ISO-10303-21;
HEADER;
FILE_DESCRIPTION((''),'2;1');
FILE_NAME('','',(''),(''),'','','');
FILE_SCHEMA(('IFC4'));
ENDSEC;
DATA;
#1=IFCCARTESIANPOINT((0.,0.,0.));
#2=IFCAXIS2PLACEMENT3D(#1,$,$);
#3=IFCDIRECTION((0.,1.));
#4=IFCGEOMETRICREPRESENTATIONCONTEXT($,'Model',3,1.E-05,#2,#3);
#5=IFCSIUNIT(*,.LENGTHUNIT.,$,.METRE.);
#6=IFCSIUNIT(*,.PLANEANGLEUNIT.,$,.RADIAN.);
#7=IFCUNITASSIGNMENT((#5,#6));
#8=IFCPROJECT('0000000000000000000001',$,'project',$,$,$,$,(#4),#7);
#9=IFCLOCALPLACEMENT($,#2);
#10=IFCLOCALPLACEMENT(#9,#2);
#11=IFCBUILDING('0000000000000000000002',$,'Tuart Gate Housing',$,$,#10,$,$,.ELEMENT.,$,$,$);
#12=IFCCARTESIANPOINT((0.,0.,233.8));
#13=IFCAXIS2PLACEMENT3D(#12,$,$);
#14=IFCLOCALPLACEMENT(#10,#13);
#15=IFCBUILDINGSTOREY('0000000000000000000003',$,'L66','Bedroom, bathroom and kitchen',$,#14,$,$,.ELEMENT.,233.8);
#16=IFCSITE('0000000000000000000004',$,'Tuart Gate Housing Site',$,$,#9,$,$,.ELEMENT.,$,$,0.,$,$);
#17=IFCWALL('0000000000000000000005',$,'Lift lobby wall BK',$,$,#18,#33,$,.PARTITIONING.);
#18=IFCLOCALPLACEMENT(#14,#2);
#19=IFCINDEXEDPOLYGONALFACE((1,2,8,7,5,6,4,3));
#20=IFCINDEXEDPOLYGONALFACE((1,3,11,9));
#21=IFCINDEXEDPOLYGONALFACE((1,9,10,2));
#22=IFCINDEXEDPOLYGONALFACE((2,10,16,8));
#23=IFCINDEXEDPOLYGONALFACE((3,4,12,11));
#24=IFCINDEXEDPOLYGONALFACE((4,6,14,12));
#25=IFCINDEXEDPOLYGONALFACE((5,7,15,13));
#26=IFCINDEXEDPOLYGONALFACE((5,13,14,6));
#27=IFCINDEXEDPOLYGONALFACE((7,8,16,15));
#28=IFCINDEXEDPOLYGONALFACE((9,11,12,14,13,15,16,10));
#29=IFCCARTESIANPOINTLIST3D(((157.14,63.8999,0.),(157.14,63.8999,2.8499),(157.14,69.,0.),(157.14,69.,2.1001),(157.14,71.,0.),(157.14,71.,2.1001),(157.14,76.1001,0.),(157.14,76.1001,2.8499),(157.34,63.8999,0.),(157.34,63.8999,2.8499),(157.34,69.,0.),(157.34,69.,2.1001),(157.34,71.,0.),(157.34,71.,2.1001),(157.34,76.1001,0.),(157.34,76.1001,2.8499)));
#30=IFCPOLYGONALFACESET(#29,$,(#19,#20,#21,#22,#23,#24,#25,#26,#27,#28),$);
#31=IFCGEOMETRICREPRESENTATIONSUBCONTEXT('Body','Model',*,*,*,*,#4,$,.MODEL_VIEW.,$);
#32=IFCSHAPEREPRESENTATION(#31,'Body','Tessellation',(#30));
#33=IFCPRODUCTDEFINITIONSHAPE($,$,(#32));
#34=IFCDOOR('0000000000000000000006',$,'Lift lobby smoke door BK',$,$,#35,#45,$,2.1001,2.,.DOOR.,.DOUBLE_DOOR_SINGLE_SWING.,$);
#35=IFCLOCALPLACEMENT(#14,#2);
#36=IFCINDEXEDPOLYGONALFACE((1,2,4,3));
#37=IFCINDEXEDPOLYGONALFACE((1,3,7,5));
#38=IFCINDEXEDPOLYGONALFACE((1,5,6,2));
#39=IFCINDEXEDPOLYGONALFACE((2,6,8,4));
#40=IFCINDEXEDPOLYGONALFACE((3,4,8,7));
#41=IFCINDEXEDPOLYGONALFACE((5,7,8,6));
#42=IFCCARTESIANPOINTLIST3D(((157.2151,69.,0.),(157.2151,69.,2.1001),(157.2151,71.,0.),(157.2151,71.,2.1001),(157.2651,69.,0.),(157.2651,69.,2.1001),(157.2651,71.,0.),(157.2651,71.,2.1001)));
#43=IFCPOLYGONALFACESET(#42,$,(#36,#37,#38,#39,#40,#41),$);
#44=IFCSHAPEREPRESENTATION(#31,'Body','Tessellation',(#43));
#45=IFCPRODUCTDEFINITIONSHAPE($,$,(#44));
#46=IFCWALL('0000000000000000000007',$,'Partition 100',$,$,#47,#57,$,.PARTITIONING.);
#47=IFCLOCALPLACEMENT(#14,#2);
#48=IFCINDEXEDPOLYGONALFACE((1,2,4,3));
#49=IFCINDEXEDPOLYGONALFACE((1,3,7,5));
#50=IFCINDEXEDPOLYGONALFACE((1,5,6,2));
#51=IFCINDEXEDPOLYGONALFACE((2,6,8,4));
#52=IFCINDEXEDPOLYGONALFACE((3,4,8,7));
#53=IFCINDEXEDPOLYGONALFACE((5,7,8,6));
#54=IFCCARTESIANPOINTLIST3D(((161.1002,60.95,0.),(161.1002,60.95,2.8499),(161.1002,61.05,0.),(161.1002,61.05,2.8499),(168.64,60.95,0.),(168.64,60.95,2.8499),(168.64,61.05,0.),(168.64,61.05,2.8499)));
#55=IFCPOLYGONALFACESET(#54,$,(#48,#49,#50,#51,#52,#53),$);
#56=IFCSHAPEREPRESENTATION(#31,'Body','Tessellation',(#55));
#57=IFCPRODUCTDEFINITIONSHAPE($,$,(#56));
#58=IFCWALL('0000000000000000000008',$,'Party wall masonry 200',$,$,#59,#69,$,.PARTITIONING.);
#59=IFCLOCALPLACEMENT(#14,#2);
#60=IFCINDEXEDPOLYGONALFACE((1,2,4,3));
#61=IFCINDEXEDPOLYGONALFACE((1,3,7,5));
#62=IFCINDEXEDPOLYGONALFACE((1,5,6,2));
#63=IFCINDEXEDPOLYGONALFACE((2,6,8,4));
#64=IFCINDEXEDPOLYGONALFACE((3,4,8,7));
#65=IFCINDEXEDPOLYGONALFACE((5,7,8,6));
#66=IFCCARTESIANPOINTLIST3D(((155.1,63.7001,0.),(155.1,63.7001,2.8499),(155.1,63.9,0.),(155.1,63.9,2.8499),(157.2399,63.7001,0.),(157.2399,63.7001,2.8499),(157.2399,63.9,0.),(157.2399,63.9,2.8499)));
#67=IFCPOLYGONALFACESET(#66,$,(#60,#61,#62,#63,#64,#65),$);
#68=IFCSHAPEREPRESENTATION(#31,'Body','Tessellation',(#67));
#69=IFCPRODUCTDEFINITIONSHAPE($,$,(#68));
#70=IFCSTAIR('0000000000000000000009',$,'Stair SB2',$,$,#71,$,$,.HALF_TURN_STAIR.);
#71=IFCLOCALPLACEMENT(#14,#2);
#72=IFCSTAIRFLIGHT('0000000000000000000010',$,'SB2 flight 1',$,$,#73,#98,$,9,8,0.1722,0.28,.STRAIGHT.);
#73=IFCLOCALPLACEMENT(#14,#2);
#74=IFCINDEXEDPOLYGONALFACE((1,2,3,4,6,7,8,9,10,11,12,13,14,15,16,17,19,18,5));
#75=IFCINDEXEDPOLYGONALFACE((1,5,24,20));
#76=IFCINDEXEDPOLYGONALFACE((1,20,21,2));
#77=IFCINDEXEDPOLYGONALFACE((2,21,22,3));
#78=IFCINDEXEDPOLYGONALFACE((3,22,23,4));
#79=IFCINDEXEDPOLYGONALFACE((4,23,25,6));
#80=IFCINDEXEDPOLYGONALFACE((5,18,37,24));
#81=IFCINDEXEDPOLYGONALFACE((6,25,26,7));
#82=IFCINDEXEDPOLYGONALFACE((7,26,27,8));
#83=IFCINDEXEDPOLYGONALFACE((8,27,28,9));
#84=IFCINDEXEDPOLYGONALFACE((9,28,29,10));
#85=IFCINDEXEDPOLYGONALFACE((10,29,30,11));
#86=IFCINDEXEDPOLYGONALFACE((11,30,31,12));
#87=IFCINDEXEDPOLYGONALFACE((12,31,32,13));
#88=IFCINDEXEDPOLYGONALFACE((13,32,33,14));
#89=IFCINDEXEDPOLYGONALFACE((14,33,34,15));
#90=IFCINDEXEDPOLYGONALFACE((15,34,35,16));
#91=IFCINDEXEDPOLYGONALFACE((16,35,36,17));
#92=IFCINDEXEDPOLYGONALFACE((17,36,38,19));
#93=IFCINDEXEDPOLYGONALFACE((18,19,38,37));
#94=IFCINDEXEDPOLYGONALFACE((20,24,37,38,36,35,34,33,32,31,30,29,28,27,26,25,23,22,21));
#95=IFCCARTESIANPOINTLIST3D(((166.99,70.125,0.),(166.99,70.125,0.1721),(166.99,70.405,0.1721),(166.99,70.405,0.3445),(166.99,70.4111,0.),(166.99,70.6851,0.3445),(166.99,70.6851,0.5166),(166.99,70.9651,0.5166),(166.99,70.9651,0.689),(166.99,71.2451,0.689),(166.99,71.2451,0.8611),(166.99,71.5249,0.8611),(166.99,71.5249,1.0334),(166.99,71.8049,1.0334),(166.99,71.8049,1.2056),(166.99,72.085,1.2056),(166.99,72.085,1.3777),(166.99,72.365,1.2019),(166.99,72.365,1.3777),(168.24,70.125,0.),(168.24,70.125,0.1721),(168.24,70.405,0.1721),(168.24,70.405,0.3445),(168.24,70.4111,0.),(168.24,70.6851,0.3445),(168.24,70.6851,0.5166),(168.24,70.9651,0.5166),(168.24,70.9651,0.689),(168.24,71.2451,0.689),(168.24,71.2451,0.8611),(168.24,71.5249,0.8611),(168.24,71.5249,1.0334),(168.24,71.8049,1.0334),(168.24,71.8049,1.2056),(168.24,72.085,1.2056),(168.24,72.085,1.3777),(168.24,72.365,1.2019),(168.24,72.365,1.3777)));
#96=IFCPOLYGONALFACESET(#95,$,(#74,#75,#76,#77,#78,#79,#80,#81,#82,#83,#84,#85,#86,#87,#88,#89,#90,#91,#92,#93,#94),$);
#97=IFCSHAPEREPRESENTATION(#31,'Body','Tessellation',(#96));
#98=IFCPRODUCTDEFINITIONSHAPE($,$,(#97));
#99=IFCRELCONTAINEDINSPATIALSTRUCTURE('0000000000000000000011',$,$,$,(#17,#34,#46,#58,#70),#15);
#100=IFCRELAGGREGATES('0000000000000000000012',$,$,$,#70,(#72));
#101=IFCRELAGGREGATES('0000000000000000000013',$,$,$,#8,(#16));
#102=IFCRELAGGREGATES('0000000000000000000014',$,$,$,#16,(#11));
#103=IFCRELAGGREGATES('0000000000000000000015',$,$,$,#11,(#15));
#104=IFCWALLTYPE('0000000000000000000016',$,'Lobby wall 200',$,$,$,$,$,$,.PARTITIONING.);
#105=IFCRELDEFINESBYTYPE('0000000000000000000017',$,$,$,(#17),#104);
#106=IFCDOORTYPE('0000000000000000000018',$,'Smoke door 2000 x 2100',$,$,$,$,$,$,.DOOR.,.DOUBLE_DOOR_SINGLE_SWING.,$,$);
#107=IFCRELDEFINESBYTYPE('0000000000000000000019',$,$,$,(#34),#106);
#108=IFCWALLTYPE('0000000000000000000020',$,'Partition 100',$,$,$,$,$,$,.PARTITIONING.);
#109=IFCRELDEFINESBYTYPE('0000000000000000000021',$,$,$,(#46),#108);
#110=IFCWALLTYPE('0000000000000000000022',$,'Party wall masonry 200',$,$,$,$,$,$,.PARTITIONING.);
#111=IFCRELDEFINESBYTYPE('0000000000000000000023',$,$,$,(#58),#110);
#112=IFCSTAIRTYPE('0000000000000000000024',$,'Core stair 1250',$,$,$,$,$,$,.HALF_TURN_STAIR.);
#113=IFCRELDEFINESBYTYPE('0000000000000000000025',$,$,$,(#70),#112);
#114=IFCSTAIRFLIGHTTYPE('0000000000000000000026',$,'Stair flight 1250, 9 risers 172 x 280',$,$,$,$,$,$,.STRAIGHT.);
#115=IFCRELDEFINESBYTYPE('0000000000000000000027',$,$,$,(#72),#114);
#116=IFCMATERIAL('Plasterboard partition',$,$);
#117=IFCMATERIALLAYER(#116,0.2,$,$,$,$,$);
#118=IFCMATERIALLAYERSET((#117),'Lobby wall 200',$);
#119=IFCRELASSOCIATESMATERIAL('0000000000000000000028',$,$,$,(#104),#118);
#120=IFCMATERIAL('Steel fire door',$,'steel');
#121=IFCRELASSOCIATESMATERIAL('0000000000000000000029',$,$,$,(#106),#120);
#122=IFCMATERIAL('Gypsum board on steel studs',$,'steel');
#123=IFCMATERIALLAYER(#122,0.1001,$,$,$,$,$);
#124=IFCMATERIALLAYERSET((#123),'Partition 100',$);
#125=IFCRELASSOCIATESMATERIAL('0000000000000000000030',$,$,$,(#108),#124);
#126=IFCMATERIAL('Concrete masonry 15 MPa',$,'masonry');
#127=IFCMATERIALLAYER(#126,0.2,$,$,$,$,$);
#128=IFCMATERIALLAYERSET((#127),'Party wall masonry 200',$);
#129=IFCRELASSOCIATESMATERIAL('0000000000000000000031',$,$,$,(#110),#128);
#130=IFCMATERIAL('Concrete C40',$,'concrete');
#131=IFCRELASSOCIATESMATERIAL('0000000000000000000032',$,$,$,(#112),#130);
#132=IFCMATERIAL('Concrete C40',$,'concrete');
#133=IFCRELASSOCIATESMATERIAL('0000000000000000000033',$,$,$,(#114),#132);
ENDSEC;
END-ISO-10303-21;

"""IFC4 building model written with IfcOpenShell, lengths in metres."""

from ifc_helpers import new_model, si_unit, direction, frame, frame_2d, origin, place, context, subcontext, project, spatial, polyline, rectangle, outline, extrude, material, layer, layer_set, type_object, element, fill, aggregate, save


model = new_model("IFC4")

# Units and contexts
model_context = context("Model", 3, precision=1e-05, world=origin(), true_north=direction((0.0, 1.0)))
body_context = subcontext(model_context, "Body", "Model", "MODEL_VIEW")
ifc_project = project(units=[si_unit("LENGTHUNIT", "METRE"), si_unit("PLANEANGLEUNIT", "RADIAN")], contexts=[model_context])

# Site, building, storey
site_placement = place(None, origin())
site = spatial("IfcSite", under=ifc_project, at=site_placement, Name="Tuart Gate Housing Site", CompositionType="ELEMENT", RefElevation=0.0)
building_placement = place(site_placement, origin())
building = spatial("IfcBuilding", under=site, at=building_placement, Name="Tuart Gate Housing", CompositionType="ELEMENT")
storey_placement = place(building_placement, frame((0.0, 0.0, 233.8)))
storey = spatial("IfcBuildingStorey", under=building, at=storey_placement, Name="L66", Description="Bedroom, bathroom and kitchen", CompositionType="ELEMENT", Elevation=233.8)

# Wall, opening, door
ifc_material_1 = material(Name="Plasterboard partition")
ifc_layer_1 = layer(ifc_material_1, 0.2)
ifc_layer_set_1 = layer_set([ifc_layer_1], Name="Lobby wall 200")
wall_type_1 = type_object("IfcWallType", Name="Lobby wall 200", PredefinedType="PARTITIONING", material=ifc_layer_set_1)
wall_1_placement = place(storey_placement, frame((157.24, 63.8999, 0.0), z_axis=(0.0, 0.0, 1.0), x_axis=(0.0, 1.0, 0.0)))
wall_1 = element("IfcWall", 1, at=wall_1_placement, inside=storey, type_object=wall_type_1, Name="Lift lobby wall BK", PredefinedType="PARTITIONING", context=body_context, shape_type="SweptSolid", body=[
    extrude(rectangle(XDim=12.2002, YDim=0.2, at=frame_2d((6.1001, 0.0))), origin(), (0.0, 0.0, 1.0), 2.8499),
])
opening_1_placement = place(wall_1_placement, frame((5.1001, 0.0, 0.0)))
opening_1 = element("IfcOpeningElement", 2, at=opening_1_placement, cuts=wall_1, PredefinedType="OPENING", context=body_context, shape_type="SweptSolid", body=[
    extrude(rectangle(XDim=2.0, YDim=2.1001, at=frame_2d((1.0, 1.05))), frame((0.0, 0.1099, 0.0), z_axis=(0.0, -1.0, 0.0), x_axis=(1.0, 0.0, 0.0)), (0.0, 0.0, 1.0), 0.22),
])
ifc_material_2 = material(Name="Steel fire door", Category="steel")
door_type_1 = type_object("IfcDoorType", Name="Smoke door 2000 x 2100", OperationType="DOUBLE_DOOR_SINGLE_SWING", PredefinedType="DOOR", material=ifc_material_2)
door_1_placement = place(opening_1_placement, frame((2.0, 0.0, 0.0), z_axis=(0.0, 0.0, 1.0), x_axis=(-1.0, 0.0, 0.0)))
door_1 = element("IfcDoor", 3, at=door_1_placement, inside=storey, type_object=door_type_1, Name="Lift lobby smoke door BK", OperationType="DOUBLE_DOOR_SINGLE_SWING", OverallHeight=2.1001, OverallWidth=2.0, PredefinedType="DOOR", context=body_context, shape_type="SweptSolid", body=[
    extrude(rectangle(XDim=2.0, YDim=2.1001, at=frame_2d((1.0, 1.05))), frame((0.0, 0.0251, 0.0), z_axis=(0.0, -1.0, 0.0), x_axis=(1.0, 0.0, 0.0)), (0.0, 0.0, 1.0), 0.05),
])
fill(opening_1, door_1)

# Walls
ifc_material_3 = material(Name="Gypsum board on steel studs", Category="steel")
ifc_layer_2 = layer(ifc_material_3, 0.1001)
ifc_layer_set_2 = layer_set([ifc_layer_2], Name="Partition 100")
wall_type_2 = type_object("IfcWallType", Name="Partition 100", PredefinedType="PARTITIONING", material=ifc_layer_set_2)
wall_2_placement = place(storey_placement, frame((161.1001, 61.0, 0.0), z_axis=(0.0, 0.0, 1.0), x_axis=(1.0, 0.0, 0.0)))
element("IfcWall", 4, at=wall_2_placement, inside=storey, type_object=wall_type_2, Name="Partition 100", PredefinedType="PARTITIONING", context=body_context, shape_type="SweptSolid", body=[
    extrude(rectangle(XDim=7.5398, YDim=0.1001, at=frame_2d((3.77, 0.0))), origin(), (0.0, 0.0, 1.0), 2.8499),
])
ifc_material_4 = material(Name="Concrete masonry 15 MPa", Category="masonry")
ifc_layer_3 = layer(ifc_material_4, 0.2)
ifc_layer_set_3 = layer_set([ifc_layer_3], Name="Party wall masonry 200")
wall_type_3 = type_object("IfcWallType", Name="Party wall masonry 200", PredefinedType="PARTITIONING", material=ifc_layer_set_3)
wall_3_placement = place(storey_placement, frame((155.1001, 63.8, 0.0), z_axis=(0.0, 0.0, 1.0), x_axis=(1.0, 0.0, 0.0)))
element("IfcWall", 5, at=wall_3_placement, inside=storey, type_object=wall_type_3, Name="Party wall masonry 200", PredefinedType="PARTITIONING", context=body_context, shape_type="SweptSolid", body=[
    extrude(rectangle(XDim=2.1399, YDim=0.2, at=frame_2d((1.0698, 0.0))), origin(), (0.0, 0.0, 1.0), 2.8499),
])

# Stair, stair flight
ifc_material_5 = material(Name="Concrete C40", Category="concrete")
stair_type = type_object("IfcStairType", Name="Core stair 1250", PredefinedType="HALF_TURN_STAIR", material=ifc_material_5)
stair_placement = place(storey_placement, origin())
stair = element("IfcStair", 6, at=stair_placement, inside=storey, type_object=stair_type, Name="Stair SB2", PredefinedType="HALF_TURN_STAIR")
ifc_material_6 = material(Name="Concrete C40", Category="concrete")
stair_flight_type = type_object("IfcStairFlightType", Name="Stair flight 1250, 9 risers 172 x 280", PredefinedType="STRAIGHT", material=ifc_material_6)
stair_flight_placement = place(storey_placement, frame((167.615, 70.125, 0.0), z_axis=(0.0, 0.0, 1.0), x_axis=(0.0, 1.0, 0.0)))
stair_flight = element("IfcStairFlight", 7, at=stair_flight_placement, type_object=stair_flight_type, Name="SB2 flight 1", NumberOfRisers=9, NumberOfTreads=8, PredefinedType="STRAIGHT", RiserHeight=0.1722, TreadLength=0.28, context=body_context, shape_type="SweptSolid", body=[
    extrude(outline(polyline([(0.0, 0.0), (0.0, 0.1721), (0.28, 0.1721), (0.28, 0.3445), (0.5601, 0.3445), (0.5601, 0.5166), (0.8401, 0.5166), (0.8401, 0.689), (1.1201, 0.689), (1.1201, 0.8611), (1.3999, 0.8611), (1.3999, 1.0334), (1.6799, 1.0334), (1.6799, 1.2056), (1.96, 1.2056), (1.96, 1.3777), (2.24, 1.3777), (2.24, 1.55), (2.24, 1.2019), (0.2861, 0.0), (0.0, 0.0)])), frame((0.0, 0.625, 0.0), z_axis=(0.0, -1.0, 0.0), x_axis=(1.0, 0.0, 0.0)), (0.0, 0.0, 1.0), 1.25),
])
aggregate(stair, [stair_flight])

save(model, "model.ifc")
